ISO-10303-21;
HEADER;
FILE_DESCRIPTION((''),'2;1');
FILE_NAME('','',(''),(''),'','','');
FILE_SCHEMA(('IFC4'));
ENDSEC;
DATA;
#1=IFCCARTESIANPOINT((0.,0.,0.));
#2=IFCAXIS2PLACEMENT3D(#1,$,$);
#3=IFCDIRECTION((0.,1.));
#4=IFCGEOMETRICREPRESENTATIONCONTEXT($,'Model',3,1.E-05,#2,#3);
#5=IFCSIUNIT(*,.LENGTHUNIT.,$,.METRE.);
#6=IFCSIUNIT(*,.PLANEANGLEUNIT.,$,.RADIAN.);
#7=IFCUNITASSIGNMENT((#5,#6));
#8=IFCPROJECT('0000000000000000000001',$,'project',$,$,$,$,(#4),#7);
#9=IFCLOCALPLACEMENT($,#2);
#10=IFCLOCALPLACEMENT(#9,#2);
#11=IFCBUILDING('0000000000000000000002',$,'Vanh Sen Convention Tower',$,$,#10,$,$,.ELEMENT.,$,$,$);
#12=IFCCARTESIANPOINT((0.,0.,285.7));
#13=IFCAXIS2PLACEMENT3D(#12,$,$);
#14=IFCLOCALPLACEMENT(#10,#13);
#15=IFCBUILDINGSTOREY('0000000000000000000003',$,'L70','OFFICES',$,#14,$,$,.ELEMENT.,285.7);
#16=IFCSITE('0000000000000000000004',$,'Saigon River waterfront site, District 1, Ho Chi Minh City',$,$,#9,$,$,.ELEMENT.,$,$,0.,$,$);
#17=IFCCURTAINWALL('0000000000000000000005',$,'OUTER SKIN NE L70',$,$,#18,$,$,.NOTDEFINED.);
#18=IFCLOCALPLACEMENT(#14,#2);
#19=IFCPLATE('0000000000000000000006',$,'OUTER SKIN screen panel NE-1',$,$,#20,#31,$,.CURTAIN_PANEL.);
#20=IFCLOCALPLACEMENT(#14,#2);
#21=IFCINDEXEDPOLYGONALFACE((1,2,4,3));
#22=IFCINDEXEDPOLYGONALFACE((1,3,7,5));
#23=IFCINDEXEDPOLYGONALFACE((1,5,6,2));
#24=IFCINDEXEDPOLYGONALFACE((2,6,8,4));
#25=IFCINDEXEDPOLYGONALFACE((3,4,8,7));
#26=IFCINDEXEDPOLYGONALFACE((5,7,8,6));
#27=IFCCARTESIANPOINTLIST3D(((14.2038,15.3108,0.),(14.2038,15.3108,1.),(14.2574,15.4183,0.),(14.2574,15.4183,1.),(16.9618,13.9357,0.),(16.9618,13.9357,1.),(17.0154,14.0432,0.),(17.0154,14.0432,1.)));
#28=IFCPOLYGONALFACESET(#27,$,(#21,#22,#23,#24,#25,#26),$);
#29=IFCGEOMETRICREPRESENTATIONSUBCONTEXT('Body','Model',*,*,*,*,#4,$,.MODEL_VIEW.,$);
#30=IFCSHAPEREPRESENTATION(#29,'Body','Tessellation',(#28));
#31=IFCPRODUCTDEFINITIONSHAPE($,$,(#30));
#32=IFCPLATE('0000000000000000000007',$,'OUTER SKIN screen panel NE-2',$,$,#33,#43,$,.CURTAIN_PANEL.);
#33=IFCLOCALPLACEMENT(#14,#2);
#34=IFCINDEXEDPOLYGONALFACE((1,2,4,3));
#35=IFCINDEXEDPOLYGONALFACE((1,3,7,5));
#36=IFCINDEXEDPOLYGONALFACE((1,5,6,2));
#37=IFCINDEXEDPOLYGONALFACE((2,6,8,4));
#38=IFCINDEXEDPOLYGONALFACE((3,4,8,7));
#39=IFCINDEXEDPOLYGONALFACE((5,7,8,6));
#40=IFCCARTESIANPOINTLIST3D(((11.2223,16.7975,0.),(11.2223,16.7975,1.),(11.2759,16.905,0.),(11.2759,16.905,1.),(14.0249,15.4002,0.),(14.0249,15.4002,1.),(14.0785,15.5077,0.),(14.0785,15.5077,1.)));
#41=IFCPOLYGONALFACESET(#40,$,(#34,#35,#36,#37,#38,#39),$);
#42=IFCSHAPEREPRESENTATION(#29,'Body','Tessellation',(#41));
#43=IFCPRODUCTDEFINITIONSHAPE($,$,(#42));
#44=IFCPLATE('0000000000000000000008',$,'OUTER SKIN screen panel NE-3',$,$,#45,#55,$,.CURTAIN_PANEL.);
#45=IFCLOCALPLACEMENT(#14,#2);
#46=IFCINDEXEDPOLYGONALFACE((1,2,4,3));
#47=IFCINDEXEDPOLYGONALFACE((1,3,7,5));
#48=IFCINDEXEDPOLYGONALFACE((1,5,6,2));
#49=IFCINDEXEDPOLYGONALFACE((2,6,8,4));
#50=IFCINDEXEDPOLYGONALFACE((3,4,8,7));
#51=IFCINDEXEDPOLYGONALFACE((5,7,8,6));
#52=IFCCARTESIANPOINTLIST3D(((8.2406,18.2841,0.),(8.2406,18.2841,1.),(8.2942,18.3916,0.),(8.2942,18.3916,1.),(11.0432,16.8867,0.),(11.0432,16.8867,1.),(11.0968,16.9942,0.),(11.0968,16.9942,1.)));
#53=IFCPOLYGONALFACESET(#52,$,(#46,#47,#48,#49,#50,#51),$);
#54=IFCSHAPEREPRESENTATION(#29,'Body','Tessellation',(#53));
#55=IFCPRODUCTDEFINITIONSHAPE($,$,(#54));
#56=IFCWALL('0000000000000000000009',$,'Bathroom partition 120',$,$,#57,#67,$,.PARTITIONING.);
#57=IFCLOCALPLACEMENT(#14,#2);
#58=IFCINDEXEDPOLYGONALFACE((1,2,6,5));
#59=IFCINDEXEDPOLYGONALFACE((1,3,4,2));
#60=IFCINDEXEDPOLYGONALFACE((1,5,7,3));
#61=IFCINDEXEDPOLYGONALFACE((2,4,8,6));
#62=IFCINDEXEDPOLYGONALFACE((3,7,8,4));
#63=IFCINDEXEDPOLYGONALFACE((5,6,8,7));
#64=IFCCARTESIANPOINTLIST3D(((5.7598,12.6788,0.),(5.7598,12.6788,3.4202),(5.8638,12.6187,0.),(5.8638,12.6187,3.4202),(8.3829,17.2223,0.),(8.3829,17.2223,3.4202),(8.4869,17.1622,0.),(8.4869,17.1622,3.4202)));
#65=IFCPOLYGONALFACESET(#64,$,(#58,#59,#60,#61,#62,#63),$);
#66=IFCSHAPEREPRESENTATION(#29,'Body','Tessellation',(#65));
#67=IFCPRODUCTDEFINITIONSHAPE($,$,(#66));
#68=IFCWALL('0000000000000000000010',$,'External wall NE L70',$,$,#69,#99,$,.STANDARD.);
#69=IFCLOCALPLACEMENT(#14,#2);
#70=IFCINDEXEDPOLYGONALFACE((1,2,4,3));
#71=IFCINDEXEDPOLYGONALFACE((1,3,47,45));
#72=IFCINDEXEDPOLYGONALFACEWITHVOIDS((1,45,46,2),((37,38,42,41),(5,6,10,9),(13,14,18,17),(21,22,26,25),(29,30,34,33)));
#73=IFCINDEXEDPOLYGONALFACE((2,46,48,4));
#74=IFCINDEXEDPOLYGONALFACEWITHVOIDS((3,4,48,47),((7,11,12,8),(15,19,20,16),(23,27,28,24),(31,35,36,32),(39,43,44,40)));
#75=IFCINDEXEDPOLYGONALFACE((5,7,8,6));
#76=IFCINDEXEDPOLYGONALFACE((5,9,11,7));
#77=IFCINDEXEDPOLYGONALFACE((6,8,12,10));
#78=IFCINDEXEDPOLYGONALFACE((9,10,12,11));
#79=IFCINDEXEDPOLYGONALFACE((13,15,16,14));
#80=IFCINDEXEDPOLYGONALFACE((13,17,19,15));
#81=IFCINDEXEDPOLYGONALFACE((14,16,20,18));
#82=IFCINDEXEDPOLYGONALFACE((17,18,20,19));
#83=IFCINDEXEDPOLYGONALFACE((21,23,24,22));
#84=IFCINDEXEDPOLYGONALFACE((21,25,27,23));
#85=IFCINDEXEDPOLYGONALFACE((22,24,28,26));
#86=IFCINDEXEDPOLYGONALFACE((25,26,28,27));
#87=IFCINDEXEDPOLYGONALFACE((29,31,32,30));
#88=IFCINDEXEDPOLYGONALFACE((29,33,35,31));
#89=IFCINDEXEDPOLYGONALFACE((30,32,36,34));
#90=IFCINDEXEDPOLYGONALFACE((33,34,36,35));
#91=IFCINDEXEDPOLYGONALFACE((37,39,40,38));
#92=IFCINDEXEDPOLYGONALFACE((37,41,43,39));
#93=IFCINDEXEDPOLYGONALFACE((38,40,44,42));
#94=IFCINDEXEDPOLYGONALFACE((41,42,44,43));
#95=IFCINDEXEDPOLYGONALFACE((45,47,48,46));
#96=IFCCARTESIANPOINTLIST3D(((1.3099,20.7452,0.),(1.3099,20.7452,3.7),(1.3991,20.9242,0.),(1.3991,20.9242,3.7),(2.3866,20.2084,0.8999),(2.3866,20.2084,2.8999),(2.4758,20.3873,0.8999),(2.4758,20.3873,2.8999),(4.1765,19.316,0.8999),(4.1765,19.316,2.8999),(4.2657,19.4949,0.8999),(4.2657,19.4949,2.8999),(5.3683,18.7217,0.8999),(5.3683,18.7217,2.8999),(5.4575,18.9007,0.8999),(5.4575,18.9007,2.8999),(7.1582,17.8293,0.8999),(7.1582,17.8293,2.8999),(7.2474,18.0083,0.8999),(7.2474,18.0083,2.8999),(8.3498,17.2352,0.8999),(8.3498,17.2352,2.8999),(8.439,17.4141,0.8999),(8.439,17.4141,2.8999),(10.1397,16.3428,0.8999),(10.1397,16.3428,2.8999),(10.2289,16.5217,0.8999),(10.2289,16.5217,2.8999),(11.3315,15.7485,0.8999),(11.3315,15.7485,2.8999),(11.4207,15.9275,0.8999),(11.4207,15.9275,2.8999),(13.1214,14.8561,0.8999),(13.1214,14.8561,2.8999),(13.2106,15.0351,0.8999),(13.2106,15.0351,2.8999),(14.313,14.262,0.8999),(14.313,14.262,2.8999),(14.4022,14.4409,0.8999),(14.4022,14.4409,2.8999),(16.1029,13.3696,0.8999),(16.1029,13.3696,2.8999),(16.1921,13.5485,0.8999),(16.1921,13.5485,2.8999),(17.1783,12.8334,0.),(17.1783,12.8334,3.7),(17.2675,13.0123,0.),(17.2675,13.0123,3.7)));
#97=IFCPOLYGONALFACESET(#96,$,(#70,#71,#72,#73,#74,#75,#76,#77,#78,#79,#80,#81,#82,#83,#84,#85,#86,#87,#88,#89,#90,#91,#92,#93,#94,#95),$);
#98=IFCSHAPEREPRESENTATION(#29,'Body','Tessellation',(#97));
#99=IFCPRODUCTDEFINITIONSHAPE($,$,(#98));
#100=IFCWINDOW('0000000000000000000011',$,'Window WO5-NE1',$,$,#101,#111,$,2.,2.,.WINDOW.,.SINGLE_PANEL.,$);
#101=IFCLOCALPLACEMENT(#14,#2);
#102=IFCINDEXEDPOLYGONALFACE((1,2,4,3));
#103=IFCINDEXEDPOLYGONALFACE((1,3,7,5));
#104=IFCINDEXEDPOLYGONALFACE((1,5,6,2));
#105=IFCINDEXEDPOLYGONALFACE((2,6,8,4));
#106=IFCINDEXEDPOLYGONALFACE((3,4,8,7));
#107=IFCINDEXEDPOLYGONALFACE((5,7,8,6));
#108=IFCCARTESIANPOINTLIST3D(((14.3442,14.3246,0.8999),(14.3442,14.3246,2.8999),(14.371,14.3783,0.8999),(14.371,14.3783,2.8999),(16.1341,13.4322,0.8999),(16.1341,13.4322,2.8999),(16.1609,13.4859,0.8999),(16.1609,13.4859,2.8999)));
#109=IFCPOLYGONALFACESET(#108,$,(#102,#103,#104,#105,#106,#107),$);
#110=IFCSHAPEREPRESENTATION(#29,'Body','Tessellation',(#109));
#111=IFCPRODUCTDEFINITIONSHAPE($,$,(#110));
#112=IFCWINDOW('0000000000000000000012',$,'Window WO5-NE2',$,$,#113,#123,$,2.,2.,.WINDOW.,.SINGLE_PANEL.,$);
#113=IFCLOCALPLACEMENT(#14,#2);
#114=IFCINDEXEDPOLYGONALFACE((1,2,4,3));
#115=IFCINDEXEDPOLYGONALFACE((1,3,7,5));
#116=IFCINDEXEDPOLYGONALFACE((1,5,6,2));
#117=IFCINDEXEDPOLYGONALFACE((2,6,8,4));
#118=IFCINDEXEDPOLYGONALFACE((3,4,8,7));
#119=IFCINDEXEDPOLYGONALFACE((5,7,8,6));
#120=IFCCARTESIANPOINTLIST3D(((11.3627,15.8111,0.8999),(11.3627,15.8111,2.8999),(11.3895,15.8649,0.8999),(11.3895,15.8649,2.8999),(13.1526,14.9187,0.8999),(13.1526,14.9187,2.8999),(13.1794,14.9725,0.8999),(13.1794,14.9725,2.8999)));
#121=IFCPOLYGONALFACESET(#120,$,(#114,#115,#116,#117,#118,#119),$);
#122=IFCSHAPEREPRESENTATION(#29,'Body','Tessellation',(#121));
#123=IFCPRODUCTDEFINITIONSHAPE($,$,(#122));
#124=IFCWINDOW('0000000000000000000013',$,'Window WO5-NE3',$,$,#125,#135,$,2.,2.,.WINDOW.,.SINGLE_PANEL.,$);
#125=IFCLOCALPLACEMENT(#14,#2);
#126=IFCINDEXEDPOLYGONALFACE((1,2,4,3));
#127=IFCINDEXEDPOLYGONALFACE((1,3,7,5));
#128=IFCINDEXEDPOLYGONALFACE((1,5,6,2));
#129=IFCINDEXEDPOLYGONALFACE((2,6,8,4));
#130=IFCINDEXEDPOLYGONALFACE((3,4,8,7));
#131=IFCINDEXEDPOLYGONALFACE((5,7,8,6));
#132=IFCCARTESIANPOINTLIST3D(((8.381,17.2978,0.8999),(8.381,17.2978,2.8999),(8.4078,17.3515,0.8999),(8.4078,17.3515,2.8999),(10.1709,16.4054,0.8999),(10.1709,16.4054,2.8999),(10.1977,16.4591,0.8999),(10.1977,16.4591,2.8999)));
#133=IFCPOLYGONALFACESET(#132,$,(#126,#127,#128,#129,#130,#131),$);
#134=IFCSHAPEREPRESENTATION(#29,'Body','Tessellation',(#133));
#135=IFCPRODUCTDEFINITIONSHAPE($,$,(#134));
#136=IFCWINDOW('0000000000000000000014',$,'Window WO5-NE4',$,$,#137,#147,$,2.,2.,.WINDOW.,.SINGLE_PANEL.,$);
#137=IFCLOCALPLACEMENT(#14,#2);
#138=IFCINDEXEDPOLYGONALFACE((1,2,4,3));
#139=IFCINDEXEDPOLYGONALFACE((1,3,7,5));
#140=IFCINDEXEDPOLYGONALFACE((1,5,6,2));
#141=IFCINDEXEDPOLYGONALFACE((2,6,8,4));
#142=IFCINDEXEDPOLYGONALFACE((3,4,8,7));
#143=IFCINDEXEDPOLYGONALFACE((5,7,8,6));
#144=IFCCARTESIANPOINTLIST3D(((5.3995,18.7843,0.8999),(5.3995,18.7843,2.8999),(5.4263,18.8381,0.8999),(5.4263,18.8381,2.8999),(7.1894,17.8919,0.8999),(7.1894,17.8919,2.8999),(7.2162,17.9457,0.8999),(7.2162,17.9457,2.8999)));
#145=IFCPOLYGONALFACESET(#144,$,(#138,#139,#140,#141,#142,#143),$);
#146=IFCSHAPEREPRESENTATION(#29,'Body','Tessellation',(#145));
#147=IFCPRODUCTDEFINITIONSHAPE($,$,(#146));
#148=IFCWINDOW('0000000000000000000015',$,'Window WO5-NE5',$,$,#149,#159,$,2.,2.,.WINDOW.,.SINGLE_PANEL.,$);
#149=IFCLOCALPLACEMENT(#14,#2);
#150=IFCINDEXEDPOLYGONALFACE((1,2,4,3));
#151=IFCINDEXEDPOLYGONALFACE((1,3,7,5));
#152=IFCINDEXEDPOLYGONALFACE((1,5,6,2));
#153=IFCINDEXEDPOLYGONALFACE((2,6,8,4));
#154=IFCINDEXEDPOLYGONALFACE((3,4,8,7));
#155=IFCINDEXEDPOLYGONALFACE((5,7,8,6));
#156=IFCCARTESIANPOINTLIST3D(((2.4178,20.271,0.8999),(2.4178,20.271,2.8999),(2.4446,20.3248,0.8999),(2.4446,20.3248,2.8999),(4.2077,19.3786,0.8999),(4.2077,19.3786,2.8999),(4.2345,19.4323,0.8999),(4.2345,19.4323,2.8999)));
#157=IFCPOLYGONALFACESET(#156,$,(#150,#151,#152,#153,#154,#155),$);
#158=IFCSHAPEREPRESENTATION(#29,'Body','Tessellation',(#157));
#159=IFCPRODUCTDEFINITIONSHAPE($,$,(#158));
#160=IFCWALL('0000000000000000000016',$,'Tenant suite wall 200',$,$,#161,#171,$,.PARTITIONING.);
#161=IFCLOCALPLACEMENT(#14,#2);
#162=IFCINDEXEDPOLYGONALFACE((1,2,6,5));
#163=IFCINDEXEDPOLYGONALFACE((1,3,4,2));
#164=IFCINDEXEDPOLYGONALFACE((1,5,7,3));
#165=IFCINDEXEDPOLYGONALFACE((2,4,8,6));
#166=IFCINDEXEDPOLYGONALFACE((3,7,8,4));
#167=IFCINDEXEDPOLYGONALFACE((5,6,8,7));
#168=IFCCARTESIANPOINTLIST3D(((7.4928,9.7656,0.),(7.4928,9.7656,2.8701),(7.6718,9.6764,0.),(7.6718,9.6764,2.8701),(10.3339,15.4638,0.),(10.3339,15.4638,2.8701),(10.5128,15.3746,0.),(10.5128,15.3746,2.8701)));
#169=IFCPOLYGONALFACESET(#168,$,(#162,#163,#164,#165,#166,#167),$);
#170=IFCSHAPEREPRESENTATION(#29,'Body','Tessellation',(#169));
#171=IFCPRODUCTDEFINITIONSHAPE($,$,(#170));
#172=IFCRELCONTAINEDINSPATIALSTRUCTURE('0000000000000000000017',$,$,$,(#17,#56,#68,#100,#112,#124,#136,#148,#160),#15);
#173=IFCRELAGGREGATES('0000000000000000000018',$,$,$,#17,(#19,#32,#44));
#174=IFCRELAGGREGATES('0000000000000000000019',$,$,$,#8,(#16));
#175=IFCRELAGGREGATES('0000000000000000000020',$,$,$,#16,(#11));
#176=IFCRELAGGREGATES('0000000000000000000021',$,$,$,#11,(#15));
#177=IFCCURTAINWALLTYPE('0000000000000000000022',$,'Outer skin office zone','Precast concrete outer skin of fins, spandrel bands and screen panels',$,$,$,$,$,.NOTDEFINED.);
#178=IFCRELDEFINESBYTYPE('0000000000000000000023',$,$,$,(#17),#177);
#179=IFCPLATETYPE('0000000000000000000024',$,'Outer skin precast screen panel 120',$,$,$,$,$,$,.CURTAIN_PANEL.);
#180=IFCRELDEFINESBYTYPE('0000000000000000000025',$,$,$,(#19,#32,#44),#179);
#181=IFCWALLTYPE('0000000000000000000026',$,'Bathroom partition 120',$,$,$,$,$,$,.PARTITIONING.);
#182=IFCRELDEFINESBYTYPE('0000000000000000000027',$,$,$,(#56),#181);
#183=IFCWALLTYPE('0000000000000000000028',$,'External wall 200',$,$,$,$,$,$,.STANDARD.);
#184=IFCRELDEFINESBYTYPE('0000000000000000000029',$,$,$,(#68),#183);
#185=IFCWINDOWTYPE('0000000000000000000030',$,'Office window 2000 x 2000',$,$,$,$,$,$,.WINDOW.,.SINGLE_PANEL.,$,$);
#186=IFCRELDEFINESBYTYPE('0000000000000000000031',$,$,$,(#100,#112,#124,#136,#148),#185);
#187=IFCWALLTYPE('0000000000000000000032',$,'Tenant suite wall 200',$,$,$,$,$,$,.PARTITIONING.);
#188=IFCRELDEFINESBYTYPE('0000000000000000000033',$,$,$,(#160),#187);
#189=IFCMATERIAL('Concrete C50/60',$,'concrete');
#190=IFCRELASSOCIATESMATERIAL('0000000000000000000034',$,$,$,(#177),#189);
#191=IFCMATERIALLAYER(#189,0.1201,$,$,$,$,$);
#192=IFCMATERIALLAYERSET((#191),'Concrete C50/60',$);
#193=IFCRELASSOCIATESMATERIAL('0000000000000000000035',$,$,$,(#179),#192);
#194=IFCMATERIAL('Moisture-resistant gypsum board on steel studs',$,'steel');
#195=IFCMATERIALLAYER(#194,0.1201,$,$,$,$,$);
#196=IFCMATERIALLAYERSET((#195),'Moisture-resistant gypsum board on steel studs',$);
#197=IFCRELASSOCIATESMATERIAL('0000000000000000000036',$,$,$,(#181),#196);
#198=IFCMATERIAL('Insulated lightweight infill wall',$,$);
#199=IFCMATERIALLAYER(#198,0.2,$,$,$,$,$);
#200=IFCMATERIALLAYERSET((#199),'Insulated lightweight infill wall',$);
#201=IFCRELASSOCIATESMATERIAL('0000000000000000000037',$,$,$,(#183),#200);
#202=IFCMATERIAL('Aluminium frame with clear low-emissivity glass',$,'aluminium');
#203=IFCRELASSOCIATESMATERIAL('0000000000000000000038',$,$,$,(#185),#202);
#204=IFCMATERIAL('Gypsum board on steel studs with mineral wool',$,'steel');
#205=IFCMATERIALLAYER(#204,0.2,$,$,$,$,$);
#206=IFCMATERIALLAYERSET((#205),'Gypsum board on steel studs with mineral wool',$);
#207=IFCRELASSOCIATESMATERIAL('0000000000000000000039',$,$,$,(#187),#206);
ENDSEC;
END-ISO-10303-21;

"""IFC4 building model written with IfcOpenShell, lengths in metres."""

from ifc_helpers import new_model, si_unit, direction, frame, frame_2d, origin, origin_2d, place, context, subcontext, project, spatial, rectangle, extrude, material, layer, layer_set, type_object, element, fill, aggregate, save


model = new_model("IFC4")

# Units and contexts
model_context = context("Model", 3, precision=1e-05, world=origin(), true_north=direction((0.0, 1.0)))
body_context = subcontext(model_context, "Body", "Model", "MODEL_VIEW")
ifc_project = project(units=[si_unit("LENGTHUNIT", "METRE"), si_unit("PLANEANGLEUNIT", "RADIAN")], contexts=[model_context])

# Site, building, storey
site_placement = place(None, origin())
site = spatial("IfcSite", under=ifc_project, at=site_placement, Name="Saigon River waterfront site, District 1, Ho Chi Minh City", CompositionType="ELEMENT", RefElevation=0.0)
building_placement = place(site_placement, origin())
building = spatial("IfcBuilding", under=site, at=building_placement, Name="Vanh Sen Convention Tower", CompositionType="ELEMENT")
storey_placement = place(building_placement, frame((0.0, 0.0, 285.7)))
storey = spatial("IfcBuildingStorey", under=building, at=storey_placement, Name="L70", Description="OFFICES", CompositionType="ELEMENT", Elevation=285.7)

# Curtain wall
ifc_material_1 = material(Name="Concrete C50/60", Category="concrete")
curtain_wall_type = type_object("IfcCurtainWallType", Name="Outer skin office zone", Description="Precast concrete outer skin of fins, spandrel bands and screen panels", PredefinedType="NOTDEFINED", material=ifc_material_1)
curtain_wall_1_placement = place(storey_placement, origin())
curtain_wall_1 = element("IfcCurtainWall", 1, at=curtain_wall_1_placement, inside=storey, type_object=curtain_wall_type, Name="OUTER SKIN NE L70", PredefinedType="NOTDEFINED")

# Shared definitions
ifc_layer_1 = layer(ifc_material_1, 0.1201)
ifc_layer_set_1 = layer_set([ifc_layer_1], Name="Concrete C50/60")
plate_type = type_object("IfcPlateType", Name="Outer skin precast screen panel 120", PredefinedType="CURTAIN_PANEL", material=ifc_layer_set_1)

# Plates
plate_1_placement = place(storey_placement, frame((15.6096, 14.677, 0.0), z_axis=(0.0, 0.0, 1.0), x_axis=(-0.894931, 0.446204, 0.0)))
plate_1 = element("IfcPlate", 2, at=plate_1_placement, type_object=plate_type, Name="OUTER SKIN screen panel NE-1", PredefinedType="CURTAIN_PANEL", context=body_context, shape_type="SweptSolid", body=[
    extrude(rectangle(XDim=3.0818, YDim=0.1201, at=origin_2d()), origin(), (0.0, 0.0, 1.0), 1.0),
])
plate_2_placement = place(storey_placement, frame((12.6504, 16.1526, 0.0), z_axis=(0.0, 0.0, 1.0), x_axis=(-0.894931, 0.446204, 0.0)))
plate_2 = element("IfcPlate", 3, at=plate_2_placement, type_object=plate_type, Name="OUTER SKIN screen panel NE-2", PredefinedType="CURTAIN_PANEL", context=body_context, shape_type="SweptSolid", body=[
    extrude(rectangle(XDim=3.1316, YDim=0.1201, at=origin_2d()), origin(), (0.0, 0.0, 1.0), 1.0),
])
plate_3_placement = place(storey_placement, frame((9.6687, 17.6392, 0.0), z_axis=(0.0, 0.0, 1.0), x_axis=(-0.894931, 0.446204, 0.0)))
plate_3 = element("IfcPlate", 4, at=plate_3_placement, type_object=plate_type, Name="OUTER SKIN screen panel NE-3", PredefinedType="CURTAIN_PANEL", context=body_context, shape_type="SweptSolid", body=[
    extrude(rectangle(XDim=3.1316, YDim=0.1201, at=origin_2d()), origin(), (0.0, 0.0, 1.0), 1.0),
])
aggregate(curtain_wall_1, [plate_1, plate_2, plate_3])

# Wall
ifc_material_2 = material(Name="Moisture-resistant gypsum board on steel studs", Category="steel")
ifc_layer_2 = layer(ifc_material_2, 0.1201)
ifc_layer_set_2 = layer_set([ifc_layer_2], Name="Moisture-resistant gypsum board on steel studs")
wall_type_1 = type_object("IfcWallType", Name="Bathroom partition 120", PredefinedType="PARTITIONING", material=ifc_layer_set_2)
wall_1_placement = place(storey_placement, frame((8.4348, 17.1921, 0.0), z_axis=(0.0, 0.0, 1.0), x_axis=(-0.499983, -0.866035, 0.0)))
element("IfcWall", 5, at=wall_1_placement, inside=storey, type_object=wall_type_1, Name="Bathroom partition 120", PredefinedType="PARTITIONING", context=body_context, shape_type="SweptSolid", body=[
    extrude(rectangle(XDim=5.2463, YDim=0.1201, at=frame_2d((2.623, 0.0))), origin(), (0.0, 0.0, 1.0), 3.4202),
])

# Wall, openings, windows
ifc_material_3 = material(Name="Insulated lightweight infill wall")
ifc_layer_3 = layer(ifc_material_3, 0.2)
ifc_layer_set_3 = layer_set([ifc_layer_3], Name="Insulated lightweight infill wall")
wall_type_2 = type_object("IfcWallType", Name="External wall 200", PredefinedType="STANDARD", material=ifc_layer_set_3)
wall_2_placement = place(storey_placement, frame((17.2229, 12.9229, 0.0), z_axis=(0.0, 0.0, 1.0), x_axis=(-0.894931, 0.446205, 0.0)))
wall_2 = element("IfcWall", 6, at=wall_2_placement, inside=storey, type_object=wall_type_2, Name="External wall NE L70", PredefinedType="STANDARD", context=body_context, shape_type="SweptSolid", body=[
    extrude(rectangle(XDim=17.7314, YDim=0.2, at=frame_2d((8.8657, 0.0))), origin(), (0.0, 0.0, 1.0), 3.7),
])
opening_1_placement = place(wall_2_placement, frame((1.2017, 0.0, 0.8999)))
opening_1 = element("IfcOpeningElement", 7, at=opening_1_placement, cuts=wall_2, PredefinedType="OPENING", context=body_context, shape_type="SweptSolid", body=[
    extrude(rectangle(XDim=2.0, YDim=2.0, at=frame_2d((1.0, 1.0))), frame((0.0, 0.1099, 0.0), z_axis=(0.0, -1.0, 0.0), x_axis=(1.0, 0.0, 0.0)), (0.0, 0.0, 1.0), 0.22),
])
opening_2_placement = place(wall_2_placement, frame((4.5332, 0.0, 0.8999)))
opening_2 = element("IfcOpeningElement", 8, at=opening_2_placement, cuts=wall_2, PredefinedType="OPENING", context=body_context, shape_type="SweptSolid", body=[
    extrude(rectangle(XDim=2.0, YDim=2.0, at=frame_2d((1.0, 1.0))), frame((0.0, 0.1099, 0.0), z_axis=(0.0, -1.0, 0.0), x_axis=(1.0, 0.0, 0.0)), (0.0, 0.0, 1.0), 0.22),
])
opening_3_placement = place(wall_2_placement, frame((7.865, 0.0, 0.8999)))
opening_3 = element("IfcOpeningElement", 9, at=opening_3_placement, cuts=wall_2, PredefinedType="OPENING", context=body_context, shape_type="SweptSolid", body=[
    extrude(rectangle(XDim=2.0, YDim=2.0, at=frame_2d((1.0, 1.0))), frame((0.0, 0.1099, 0.0), z_axis=(0.0, -1.0, 0.0), x_axis=(1.0, 0.0, 0.0)), (0.0, 0.0, 1.0), 0.22),
])
opening_4_placement = place(wall_2_placement, frame((11.1965, 0.0, 0.8999)))
opening_4 = element("IfcOpeningElement", 10, at=opening_4_placement, cuts=wall_2, PredefinedType="OPENING", context=body_context, shape_type="SweptSolid", body=[
    extrude(rectangle(XDim=2.0, YDim=2.0, at=frame_2d((1.0, 1.0))), frame((0.0, 0.1099, 0.0), z_axis=(0.0, -1.0, 0.0), x_axis=(1.0, 0.0, 0.0)), (0.0, 0.0, 1.0), 0.22),
])
opening_5_placement = place(wall_2_placement, frame((14.5283, 0.0, 0.8999)))
opening_5 = element("IfcOpeningElement", 11, at=opening_5_placement, cuts=wall_2, PredefinedType="OPENING", context=body_context, shape_type="SweptSolid", body=[
    extrude(rectangle(XDim=2.0, YDim=2.0, at=frame_2d((1.0, 1.0))), frame((0.0, 0.1099, 0.0), z_axis=(0.0, -1.0, 0.0), x_axis=(1.0, 0.0, 0.0)), (0.0, 0.0, 1.0), 0.22),
])
ifc_material_4 = material(Name="Aluminium frame with clear low-emissivity glass", Category="aluminium")
window_type = type_object("IfcWindowType", Name="Office window 2000 x 2000", PartitioningType="SINGLE_PANEL", PredefinedType="WINDOW", material=ifc_material_4)
window_1_placement = place(opening_1_placement, origin())
window_1 = element("IfcWindow", 12, at=window_1_placement, inside=storey, type_object=window_type, Name="Window WO5-NE1", OverallHeight=2.0, OverallWidth=2.0, PartitioningType="SINGLE_PANEL", PredefinedType="WINDOW", context=body_context, shape_type="SweptSolid", body=[
    extrude(rectangle(XDim=2.0, YDim=2.0, at=frame_2d((1.0, 1.0))), frame((0.0, 0.03, 0.0), z_axis=(0.0, -1.0, 0.0), x_axis=(1.0, 0.0, 0.0)), (0.0, 0.0, 1.0), 0.0601),
])
fill(opening_1, window_1)
window_2_placement = place(opening_2_placement, origin())
window_2 = element("IfcWindow", 13, at=window_2_placement, inside=storey, type_object=window_type, Name="Window WO5-NE2", OverallHeight=2.0, OverallWidth=2.0, PartitioningType="SINGLE_PANEL", PredefinedType="WINDOW", context=body_context, shape_type="SweptSolid", body=[
    extrude(rectangle(XDim=2.0, YDim=2.0, at=frame_2d((1.0, 1.0))), frame((0.0, 0.03, 0.0), z_axis=(0.0, -1.0, 0.0), x_axis=(1.0, 0.0, 0.0)), (0.0, 0.0, 1.0), 0.0601),
])
fill(opening_2, window_2)
window_3_placement = place(opening_3_placement, origin())
window_3 = element("IfcWindow", 14, at=window_3_placement, inside=storey, type_object=window_type, Name="Window WO5-NE3", OverallHeight=2.0, OverallWidth=2.0, PartitioningType="SINGLE_PANEL", PredefinedType="WINDOW", context=body_context, shape_type="SweptSolid", body=[
    extrude(rectangle(XDim=2.0, YDim=2.0, at=frame_2d((1.0, 1.0))), frame((0.0, 0.03, 0.0), z_axis=(0.0, -1.0, 0.0), x_axis=(1.0, 0.0, 0.0)), (0.0, 0.0, 1.0), 0.0601),
])
fill(opening_3, window_3)
window_4_placement = place(opening_4_placement, origin())
window_4 = element("IfcWindow", 15, at=window_4_placement, inside=storey, type_object=window_type, Name="Window WO5-NE4", OverallHeight=2.0, OverallWidth=2.0, PartitioningType="SINGLE_PANEL", PredefinedType="WINDOW", context=body_context, shape_type="SweptSolid", body=[
    extrude(rectangle(XDim=2.0, YDim=2.0, at=frame_2d((1.0, 1.0))), frame((0.0, 0.03, 0.0), z_axis=(0.0, -1.0, 0.0), x_axis=(1.0, 0.0, 0.0)), (0.0, 0.0, 1.0), 0.0601),
])
fill(opening_4, window_4)
window_5_placement = place(opening_5_placement, origin())
window_5 = element("IfcWindow", 16, at=window_5_placement, inside=storey, type_object=window_type, Name="Window WO5-NE5", OverallHeight=2.0, OverallWidth=2.0, PartitioningType="SINGLE_PANEL", PredefinedType="WINDOW", context=body_context, shape_type="SweptSolid", body=[
    extrude(rectangle(XDim=2.0, YDim=2.0, at=frame_2d((1.0, 1.0))), frame((0.0, 0.03, 0.0), z_axis=(0.0, -1.0, 0.0), x_axis=(1.0, 0.0, 0.0)), (0.0, 0.0, 1.0), 0.0601),
])
fill(opening_5, window_5)

# Wall
ifc_material_5 = material(Name="Gypsum board on steel studs with mineral wool", Category="steel")
ifc_layer_4 = layer(ifc_material_5, 0.2)
ifc_layer_set_4 = layer_set([ifc_layer_4], Name="Gypsum board on steel studs with mineral wool")
wall_type_3 = type_object("IfcWallType", Name="Tenant suite wall 200", PredefinedType="PARTITIONING", material=ifc_layer_set_4)
wall_3_placement = place(storey_placement, frame((10.4233, 15.4192, 0.0), z_axis=(0.0, 0.0, 1.0), x_axis=(-0.446201, -0.894933, 0.0)))
element("IfcWall", 17, at=wall_3_placement, inside=storey, type_object=wall_type_3, Name="Tenant suite wall 200", PredefinedType="PARTITIONING", context=body_context, shape_type="SweptSolid", body=[
    extrude(rectangle(XDim=6.3672, YDim=0.2, at=frame_2d((3.1836, 0.0))), origin(), (0.0, 0.0, 1.0), 2.8701),
])

save(model, "model.ifc")
